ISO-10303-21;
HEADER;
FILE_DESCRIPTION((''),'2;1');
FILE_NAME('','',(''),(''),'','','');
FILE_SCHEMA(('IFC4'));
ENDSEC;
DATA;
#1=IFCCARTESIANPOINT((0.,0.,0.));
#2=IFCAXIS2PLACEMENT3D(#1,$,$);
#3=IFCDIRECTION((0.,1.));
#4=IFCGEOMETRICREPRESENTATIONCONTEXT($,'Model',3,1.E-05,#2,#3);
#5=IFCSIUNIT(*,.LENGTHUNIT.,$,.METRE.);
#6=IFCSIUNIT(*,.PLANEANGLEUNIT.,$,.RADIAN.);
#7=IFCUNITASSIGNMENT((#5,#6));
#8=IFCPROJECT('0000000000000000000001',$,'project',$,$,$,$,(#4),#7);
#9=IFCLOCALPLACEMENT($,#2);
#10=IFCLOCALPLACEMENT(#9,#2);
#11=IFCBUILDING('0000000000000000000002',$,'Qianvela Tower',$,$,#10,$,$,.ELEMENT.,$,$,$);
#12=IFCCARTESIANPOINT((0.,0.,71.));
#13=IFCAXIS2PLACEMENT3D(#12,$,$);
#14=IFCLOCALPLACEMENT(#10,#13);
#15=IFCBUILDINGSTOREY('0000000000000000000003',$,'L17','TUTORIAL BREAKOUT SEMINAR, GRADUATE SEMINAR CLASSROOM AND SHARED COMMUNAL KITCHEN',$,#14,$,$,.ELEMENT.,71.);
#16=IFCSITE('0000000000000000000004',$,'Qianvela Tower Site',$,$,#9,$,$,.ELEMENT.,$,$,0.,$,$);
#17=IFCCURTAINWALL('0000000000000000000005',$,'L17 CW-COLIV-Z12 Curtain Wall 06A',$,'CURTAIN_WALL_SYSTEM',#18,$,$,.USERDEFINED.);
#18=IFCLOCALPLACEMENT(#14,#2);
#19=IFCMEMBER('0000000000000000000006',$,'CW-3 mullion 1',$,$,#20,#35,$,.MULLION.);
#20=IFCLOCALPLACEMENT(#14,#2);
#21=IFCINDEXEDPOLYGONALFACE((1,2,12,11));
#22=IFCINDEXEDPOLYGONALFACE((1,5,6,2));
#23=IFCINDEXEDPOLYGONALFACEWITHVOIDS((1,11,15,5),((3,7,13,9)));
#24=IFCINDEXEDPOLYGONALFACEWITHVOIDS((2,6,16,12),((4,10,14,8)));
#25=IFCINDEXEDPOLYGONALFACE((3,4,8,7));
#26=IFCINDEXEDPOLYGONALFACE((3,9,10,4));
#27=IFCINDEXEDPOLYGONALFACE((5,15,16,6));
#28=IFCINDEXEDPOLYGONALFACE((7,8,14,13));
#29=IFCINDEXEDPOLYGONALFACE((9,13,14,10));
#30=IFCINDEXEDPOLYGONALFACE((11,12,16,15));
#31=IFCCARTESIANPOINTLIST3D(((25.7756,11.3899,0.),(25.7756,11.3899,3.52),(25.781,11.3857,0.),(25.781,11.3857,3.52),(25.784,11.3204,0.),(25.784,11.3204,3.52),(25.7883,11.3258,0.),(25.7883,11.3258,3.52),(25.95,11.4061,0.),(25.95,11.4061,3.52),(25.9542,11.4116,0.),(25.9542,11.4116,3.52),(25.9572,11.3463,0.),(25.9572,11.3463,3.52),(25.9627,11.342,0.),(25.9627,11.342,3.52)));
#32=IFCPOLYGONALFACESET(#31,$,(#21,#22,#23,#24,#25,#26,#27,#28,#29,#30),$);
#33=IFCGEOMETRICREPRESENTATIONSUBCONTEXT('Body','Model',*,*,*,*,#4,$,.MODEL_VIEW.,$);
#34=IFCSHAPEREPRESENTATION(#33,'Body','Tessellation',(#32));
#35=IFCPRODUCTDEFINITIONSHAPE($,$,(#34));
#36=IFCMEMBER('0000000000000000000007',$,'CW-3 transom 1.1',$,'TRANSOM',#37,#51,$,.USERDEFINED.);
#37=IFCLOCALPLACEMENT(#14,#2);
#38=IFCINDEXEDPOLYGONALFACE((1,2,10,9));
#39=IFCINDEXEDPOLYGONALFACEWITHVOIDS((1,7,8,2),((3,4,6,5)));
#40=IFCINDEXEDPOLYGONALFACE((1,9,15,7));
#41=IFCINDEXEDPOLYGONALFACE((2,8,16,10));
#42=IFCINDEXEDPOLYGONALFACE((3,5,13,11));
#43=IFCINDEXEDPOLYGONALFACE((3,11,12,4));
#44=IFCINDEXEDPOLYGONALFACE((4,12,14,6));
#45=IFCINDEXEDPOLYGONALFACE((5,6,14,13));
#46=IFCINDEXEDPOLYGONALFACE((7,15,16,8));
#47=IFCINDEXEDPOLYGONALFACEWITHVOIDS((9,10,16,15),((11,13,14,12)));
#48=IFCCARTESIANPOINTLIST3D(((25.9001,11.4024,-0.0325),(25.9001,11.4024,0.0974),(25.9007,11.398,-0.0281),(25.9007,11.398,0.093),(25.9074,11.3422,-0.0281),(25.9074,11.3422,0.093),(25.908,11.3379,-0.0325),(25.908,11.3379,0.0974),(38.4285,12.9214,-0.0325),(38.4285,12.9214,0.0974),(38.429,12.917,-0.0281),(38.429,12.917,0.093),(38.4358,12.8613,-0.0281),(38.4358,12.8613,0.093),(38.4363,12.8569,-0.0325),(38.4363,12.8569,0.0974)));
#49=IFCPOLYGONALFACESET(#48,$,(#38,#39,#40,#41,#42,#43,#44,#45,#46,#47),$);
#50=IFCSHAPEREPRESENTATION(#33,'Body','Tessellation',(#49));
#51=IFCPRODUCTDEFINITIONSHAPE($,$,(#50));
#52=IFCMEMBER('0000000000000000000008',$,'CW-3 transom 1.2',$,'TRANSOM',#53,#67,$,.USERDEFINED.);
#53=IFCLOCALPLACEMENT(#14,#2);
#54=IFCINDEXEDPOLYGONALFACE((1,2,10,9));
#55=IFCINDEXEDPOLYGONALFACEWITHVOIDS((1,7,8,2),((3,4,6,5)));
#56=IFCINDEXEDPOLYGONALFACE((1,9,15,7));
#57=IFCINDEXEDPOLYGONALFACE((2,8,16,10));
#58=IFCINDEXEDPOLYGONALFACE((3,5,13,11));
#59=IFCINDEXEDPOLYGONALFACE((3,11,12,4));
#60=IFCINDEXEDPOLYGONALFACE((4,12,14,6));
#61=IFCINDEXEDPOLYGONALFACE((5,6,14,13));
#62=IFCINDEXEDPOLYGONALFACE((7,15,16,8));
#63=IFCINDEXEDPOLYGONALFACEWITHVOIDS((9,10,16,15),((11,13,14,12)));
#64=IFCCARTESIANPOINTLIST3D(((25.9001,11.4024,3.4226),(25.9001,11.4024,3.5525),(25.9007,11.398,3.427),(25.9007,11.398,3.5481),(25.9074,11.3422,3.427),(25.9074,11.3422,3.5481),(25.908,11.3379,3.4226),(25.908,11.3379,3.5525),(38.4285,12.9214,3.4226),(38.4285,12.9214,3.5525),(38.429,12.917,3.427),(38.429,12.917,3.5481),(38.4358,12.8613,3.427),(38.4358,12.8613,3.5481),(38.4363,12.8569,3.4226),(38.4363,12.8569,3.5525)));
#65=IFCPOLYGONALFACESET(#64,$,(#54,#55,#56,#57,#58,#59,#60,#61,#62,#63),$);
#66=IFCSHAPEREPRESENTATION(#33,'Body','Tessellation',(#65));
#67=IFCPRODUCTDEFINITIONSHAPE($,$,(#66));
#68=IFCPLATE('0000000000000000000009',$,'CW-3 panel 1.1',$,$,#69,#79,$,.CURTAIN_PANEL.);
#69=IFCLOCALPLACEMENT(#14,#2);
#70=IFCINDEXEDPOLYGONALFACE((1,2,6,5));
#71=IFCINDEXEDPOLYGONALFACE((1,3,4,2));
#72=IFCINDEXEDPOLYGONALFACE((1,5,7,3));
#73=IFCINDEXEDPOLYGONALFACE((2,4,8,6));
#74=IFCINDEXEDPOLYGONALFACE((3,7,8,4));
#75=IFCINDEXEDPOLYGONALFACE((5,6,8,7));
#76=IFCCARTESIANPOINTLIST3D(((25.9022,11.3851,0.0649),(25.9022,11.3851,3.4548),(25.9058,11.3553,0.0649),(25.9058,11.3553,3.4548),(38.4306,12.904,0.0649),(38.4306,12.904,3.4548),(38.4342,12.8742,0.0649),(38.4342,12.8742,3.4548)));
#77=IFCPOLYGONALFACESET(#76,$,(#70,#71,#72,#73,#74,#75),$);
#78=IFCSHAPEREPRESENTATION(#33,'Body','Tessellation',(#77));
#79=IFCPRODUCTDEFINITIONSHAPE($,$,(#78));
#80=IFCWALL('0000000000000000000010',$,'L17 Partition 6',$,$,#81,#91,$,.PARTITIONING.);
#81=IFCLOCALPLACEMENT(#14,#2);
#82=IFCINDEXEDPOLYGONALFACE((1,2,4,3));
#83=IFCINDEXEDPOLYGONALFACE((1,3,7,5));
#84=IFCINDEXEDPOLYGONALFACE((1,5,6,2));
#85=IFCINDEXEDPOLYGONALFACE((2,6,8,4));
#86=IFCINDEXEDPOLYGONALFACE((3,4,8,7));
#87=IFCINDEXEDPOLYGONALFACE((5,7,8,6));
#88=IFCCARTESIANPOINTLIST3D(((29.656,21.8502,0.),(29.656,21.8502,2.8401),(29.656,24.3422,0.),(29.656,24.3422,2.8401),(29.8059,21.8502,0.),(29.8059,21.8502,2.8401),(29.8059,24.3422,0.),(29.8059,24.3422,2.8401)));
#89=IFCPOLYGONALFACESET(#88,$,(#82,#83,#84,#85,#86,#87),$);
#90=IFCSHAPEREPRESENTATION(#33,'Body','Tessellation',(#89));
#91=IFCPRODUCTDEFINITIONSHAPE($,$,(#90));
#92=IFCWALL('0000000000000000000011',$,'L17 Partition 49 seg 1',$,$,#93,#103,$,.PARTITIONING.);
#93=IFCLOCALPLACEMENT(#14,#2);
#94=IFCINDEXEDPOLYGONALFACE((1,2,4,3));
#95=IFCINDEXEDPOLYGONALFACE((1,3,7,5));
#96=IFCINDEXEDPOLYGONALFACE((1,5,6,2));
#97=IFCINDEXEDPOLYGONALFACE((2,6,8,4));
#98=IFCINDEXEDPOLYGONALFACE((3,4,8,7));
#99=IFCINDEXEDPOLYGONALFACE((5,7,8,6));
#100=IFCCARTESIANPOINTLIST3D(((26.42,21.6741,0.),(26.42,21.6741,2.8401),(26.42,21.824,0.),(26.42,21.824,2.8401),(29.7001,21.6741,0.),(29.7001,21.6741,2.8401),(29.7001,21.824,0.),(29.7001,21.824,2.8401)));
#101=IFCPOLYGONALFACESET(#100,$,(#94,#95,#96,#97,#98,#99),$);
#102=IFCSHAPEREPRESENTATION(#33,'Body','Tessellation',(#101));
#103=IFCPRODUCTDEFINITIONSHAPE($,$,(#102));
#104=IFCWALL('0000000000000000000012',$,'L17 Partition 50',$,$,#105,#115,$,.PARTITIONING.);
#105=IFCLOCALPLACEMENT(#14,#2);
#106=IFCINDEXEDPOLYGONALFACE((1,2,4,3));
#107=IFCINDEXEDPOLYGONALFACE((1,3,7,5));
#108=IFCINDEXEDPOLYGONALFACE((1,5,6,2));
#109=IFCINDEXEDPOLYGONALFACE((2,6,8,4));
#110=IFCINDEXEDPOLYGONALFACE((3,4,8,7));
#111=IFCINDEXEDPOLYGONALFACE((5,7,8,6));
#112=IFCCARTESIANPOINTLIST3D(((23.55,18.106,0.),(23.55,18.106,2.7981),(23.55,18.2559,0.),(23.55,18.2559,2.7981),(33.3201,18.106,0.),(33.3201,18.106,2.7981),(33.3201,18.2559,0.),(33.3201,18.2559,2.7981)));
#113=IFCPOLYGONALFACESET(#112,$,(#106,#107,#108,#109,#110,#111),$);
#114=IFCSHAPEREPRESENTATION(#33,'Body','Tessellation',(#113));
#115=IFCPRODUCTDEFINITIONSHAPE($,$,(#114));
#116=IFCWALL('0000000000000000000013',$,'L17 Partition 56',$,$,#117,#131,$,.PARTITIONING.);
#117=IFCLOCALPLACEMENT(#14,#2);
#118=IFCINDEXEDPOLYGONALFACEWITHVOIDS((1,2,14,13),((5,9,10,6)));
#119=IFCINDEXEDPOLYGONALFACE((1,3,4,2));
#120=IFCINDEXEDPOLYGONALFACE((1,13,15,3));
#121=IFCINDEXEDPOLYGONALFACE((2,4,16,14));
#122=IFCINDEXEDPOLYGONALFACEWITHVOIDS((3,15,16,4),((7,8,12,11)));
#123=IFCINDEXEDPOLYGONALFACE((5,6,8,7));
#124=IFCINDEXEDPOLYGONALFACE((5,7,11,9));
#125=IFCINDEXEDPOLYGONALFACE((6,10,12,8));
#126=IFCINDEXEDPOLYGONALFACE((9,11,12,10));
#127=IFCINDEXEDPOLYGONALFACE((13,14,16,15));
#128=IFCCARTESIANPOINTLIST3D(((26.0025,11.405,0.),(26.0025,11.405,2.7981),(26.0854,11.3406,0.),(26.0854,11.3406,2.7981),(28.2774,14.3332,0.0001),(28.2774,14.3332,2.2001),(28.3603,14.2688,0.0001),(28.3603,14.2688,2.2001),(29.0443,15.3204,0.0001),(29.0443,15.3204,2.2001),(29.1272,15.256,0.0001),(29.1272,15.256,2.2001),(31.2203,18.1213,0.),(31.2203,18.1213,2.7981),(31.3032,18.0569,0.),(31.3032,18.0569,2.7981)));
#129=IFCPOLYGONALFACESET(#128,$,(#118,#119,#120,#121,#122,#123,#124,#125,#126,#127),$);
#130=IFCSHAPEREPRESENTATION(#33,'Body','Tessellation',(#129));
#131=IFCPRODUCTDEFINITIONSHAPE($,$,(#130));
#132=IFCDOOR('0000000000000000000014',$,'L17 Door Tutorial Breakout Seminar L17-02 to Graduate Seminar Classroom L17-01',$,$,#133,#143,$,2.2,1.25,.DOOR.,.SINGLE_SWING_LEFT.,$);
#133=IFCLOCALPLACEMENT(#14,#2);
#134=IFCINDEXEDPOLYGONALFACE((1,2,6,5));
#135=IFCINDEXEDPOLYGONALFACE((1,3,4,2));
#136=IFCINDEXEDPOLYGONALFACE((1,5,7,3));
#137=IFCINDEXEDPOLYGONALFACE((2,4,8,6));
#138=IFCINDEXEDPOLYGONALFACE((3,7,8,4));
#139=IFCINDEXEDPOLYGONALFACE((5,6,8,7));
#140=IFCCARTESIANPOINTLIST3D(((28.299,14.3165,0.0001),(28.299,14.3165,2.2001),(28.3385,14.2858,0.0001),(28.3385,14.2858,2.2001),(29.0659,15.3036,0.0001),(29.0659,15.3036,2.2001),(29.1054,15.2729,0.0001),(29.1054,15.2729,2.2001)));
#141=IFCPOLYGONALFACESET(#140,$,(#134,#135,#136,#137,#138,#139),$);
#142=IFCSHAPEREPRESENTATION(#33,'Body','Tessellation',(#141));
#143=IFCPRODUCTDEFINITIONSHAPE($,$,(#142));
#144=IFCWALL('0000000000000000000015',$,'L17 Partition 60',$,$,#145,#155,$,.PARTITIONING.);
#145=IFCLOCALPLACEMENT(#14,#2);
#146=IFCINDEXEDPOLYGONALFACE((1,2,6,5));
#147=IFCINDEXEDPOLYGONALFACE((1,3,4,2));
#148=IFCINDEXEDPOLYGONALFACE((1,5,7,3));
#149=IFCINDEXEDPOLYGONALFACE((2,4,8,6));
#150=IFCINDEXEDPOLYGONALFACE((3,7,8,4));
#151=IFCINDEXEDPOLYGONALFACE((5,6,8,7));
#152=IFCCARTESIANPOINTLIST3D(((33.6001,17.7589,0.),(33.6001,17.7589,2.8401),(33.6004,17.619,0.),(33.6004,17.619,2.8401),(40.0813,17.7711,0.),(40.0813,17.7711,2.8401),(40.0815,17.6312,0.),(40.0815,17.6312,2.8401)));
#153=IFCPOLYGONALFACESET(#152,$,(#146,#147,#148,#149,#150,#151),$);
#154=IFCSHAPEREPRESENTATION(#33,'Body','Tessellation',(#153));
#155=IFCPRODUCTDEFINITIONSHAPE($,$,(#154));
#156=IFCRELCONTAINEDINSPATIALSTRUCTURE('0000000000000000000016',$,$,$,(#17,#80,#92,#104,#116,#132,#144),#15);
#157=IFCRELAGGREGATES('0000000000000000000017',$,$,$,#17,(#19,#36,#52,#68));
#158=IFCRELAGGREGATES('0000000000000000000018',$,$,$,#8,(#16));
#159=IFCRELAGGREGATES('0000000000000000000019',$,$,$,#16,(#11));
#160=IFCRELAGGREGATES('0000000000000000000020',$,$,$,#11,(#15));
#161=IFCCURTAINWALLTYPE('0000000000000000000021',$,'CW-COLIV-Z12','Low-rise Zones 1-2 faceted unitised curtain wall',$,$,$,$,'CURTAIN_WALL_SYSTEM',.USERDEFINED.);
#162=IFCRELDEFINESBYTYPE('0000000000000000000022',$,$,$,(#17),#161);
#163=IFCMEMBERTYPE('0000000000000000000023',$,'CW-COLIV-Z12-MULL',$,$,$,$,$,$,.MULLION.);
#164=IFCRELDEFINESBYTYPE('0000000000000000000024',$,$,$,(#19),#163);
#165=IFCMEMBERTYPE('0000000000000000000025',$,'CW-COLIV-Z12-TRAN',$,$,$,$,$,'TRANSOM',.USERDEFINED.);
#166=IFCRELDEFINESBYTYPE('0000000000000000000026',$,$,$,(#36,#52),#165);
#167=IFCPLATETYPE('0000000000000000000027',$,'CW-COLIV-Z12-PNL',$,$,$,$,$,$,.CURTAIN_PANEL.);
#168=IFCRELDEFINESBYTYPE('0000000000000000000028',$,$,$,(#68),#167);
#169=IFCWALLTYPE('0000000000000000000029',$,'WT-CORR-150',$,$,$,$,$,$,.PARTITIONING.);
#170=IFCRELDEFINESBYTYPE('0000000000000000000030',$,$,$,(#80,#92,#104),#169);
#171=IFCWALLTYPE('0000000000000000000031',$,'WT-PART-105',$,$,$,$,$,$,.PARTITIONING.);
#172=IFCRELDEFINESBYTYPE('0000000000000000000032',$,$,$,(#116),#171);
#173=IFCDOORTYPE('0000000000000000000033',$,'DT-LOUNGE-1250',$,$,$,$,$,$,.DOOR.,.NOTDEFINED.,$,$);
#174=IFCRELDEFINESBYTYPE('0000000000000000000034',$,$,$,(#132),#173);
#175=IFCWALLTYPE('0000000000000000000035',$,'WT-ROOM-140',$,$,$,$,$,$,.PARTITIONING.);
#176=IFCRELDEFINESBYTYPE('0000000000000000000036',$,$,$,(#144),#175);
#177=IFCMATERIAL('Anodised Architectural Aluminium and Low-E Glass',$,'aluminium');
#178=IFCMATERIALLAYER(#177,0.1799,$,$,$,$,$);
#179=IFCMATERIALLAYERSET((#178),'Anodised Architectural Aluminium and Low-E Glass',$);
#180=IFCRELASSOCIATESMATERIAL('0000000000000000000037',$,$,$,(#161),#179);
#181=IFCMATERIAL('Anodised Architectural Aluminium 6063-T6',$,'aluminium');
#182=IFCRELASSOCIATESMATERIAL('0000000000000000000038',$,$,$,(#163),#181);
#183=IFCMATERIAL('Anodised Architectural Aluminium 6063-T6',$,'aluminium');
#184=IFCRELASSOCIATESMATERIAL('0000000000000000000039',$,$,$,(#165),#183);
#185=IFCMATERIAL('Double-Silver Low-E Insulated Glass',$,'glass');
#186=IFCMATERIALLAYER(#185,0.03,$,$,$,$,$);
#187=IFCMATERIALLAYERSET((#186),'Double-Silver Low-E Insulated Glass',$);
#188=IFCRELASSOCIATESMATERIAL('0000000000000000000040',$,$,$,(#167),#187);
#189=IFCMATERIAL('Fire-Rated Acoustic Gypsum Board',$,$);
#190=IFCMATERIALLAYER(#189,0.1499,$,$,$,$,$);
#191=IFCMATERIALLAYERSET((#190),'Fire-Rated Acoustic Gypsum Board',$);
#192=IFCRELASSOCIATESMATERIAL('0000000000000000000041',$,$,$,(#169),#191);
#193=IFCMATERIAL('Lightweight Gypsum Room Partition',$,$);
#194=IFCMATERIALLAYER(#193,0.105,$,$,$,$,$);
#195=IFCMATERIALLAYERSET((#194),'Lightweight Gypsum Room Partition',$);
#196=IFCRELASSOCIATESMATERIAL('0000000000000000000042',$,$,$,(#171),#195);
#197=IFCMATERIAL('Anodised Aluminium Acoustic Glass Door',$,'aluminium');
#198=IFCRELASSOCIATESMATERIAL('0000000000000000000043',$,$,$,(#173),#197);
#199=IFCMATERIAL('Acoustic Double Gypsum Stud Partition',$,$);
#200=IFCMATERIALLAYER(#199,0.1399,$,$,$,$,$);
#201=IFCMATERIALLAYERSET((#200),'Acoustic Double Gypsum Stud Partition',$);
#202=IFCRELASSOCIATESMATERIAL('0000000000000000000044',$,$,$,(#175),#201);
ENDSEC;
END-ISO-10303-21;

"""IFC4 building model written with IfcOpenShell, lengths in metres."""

from ifc_helpers import new_model, si_unit, direction, frame, frame_2d, origin, origin_2d, place, context, subcontext, project, spatial, rectangle, hollow_rectangle, extrude, material, layer, layer_set, material_profile, profile_set, type_object, element, fill, aggregate, save


model = new_model("IFC4")

# Units and contexts
model_context = context("Model", 3, precision=1e-05, world=origin(), true_north=direction((0.0, 1.0)))
body_context = subcontext(model_context, "Body", "Model", "MODEL_VIEW")
ifc_project = project(units=[si_unit("LENGTHUNIT", "METRE"), si_unit("PLANEANGLEUNIT", "RADIAN")], contexts=[model_context])

# Site, building, storey
site_placement = place(None, origin())
site = spatial("IfcSite", under=ifc_project, at=site_placement, Name="Qianvela Tower Site", CompositionType="ELEMENT", RefElevation=0.0)
building_placement = place(site_placement, origin())
building = spatial("IfcBuilding", under=site, at=building_placement, Name="Qianvela Tower", CompositionType="ELEMENT")
storey_placement = place(building_placement, frame((0.0, 0.0, 71.0)))
storey = spatial("IfcBuildingStorey", under=building, at=storey_placement, Name="L17", Description="TUTORIAL BREAKOUT SEMINAR, GRADUATE SEMINAR CLASSROOM AND SHARED COMMUNAL KITCHEN", CompositionType="ELEMENT", Elevation=71.0)

# Curtain wall, members, plate
ifc_material_1 = material(Name="Anodised Architectural Aluminium and Low-E Glass", Category="aluminium")
ifc_layer_1 = layer(ifc_material_1, 0.1799)
ifc_layer_set_1 = layer_set([ifc_layer_1], Name="Anodised Architectural Aluminium and Low-E Glass")
curtain_wall_type = type_object("IfcCurtainWallType", Name="CW-COLIV-Z12", Description="Low-rise Zones 1-2 faceted unitised curtain wall", ElementType="CURTAIN_WALL_SYSTEM", PredefinedType="USERDEFINED", material=ifc_layer_set_1)
curtain_wall_placement = place(storey_placement, origin())
curtain_wall = element("IfcCurtainWall", 1, at=curtain_wall_placement, inside=storey, type_object=curtain_wall_type, Name="L17 CW-COLIV-Z12 Curtain Wall 06A", ObjectType="CURTAIN_WALL_SYSTEM", PredefinedType="USERDEFINED")
ifc_material_2 = material(Name="Anodised Architectural Aluminium 6063-T6", Category="aluminium")
ifc_material_profile_1 = material_profile(ifc_material_2, hollow_rectangle(XDim=0.0701, YDim=0.1799, WallThickness=0.0049, at=origin_2d()), Name="ALU-MULL-70x180")
ifc_profile_set_1 = profile_set([ifc_material_profile_1], Name="Anodised Architectural Aluminium 6063-T6")
member_type_1 = type_object("IfcMemberType", Name="CW-COLIV-Z12-MULL", PredefinedType="MULLION", material=ifc_profile_set_1)
member_1_placement = place(storey_placement, frame((25.8691, 11.366, 0.0), z_axis=(0.0, 0.0, 1.0), x_axis=(-0.12036, 0.99273, 0.0)))
member_1 = element("IfcMember", 2, at=member_1_placement, type_object=member_type_1, Name="CW-3 mullion 1", PredefinedType="MULLION", context=body_context, shape_type="SweptSolid", body=[
    extrude(hollow_rectangle(XDim=0.0701, YDim=0.1799, WallThickness=0.0049, at=origin_2d()), origin(), (0.0, 0.0, 1.0), 3.52),
])
ifc_material_3 = material(Name="Anodised Architectural Aluminium 6063-T6", Category="aluminium")
ifc_material_profile_2 = material_profile(ifc_material_3, hollow_rectangle(XDim=0.0649, YDim=0.1299, WallThickness=0.0044, at=origin_2d()), Name="ALU-TRAN-65x130")
ifc_profile_set_2 = profile_set([ifc_material_profile_2], Name="Anodised Architectural Aluminium 6063-T6")
member_type_2 = type_object("IfcMemberType", Name="CW-COLIV-Z12-TRAN", ElementType="TRANSOM", PredefinedType="USERDEFINED", material=ifc_profile_set_2)
member_2_placement = place(storey_placement, frame((25.9041, 11.3701, 0.0325), z_axis=(0.992729, 0.120367, 0.0), x_axis=(-0.120367, 0.992729, 0.0)))
member_2 = element("IfcMember", 3, at=member_2_placement, type_object=member_type_2, Name="CW-3 transom 1.1", ObjectType="TRANSOM", PredefinedType="USERDEFINED", context=body_context, shape_type="SweptSolid", body=[
    extrude(hollow_rectangle(XDim=0.0649, YDim=0.1299, WallThickness=0.0044, at=origin_2d()), origin(), (0.0, 0.0, 1.0), 12.6201),
])
member_3_placement = place(storey_placement, frame((25.9041, 11.3701, 3.4875), z_axis=(0.992729, 0.120367, 0.0), x_axis=(-0.120367, 0.992729, 0.0)))
member_3 = element("IfcMember", 4, at=member_3_placement, type_object=member_type_2, Name="CW-3 transom 1.2", ObjectType="TRANSOM", PredefinedType="USERDEFINED", context=body_context, shape_type="SweptSolid", body=[
    extrude(hollow_rectangle(XDim=0.0649, YDim=0.1299, WallThickness=0.0044, at=origin_2d()), origin(), (0.0, 0.0, 1.0), 12.6201),
])
ifc_material_4 = material(Name="Double-Silver Low-E Insulated Glass", Category="glass")
ifc_layer_2 = layer(ifc_material_4, 0.03)
ifc_layer_set_2 = layer_set([ifc_layer_2], Name="Double-Silver Low-E Insulated Glass")
plate_type = type_object("IfcPlateType", Name="CW-COLIV-Z12-PNL", PredefinedType="CURTAIN_PANEL", material=ifc_layer_set_2)
plate_placement = place(storey_placement, frame((32.1682, 12.1296, 0.0649), z_axis=(0.0, 0.0, 1.0), x_axis=(0.99273, 0.12036, 0.0)))
plate = element("IfcPlate", 5, at=plate_placement, type_object=plate_type, Name="CW-3 panel 1.1", PredefinedType="CURTAIN_PANEL", context=body_context, shape_type="SweptSolid", body=[
    extrude(rectangle(XDim=12.6201, YDim=0.03, at=origin_2d()), origin(), (0.0, 0.0, 1.0), 3.3899),
])
aggregate(curtain_wall, [member_1, member_2, member_3, plate])

# Shared definitions
ifc_material_5 = material(Name="Fire-Rated Acoustic Gypsum Board")
ifc_layer_3 = layer(ifc_material_5, 0.1499)
ifc_layer_set_3 = layer_set([ifc_layer_3], Name="Fire-Rated Acoustic Gypsum Board")
wall_type_1 = type_object("IfcWallType", Name="WT-CORR-150", PredefinedType="PARTITIONING", material=ifc_layer_set_3)

# Walls
wall_1_placement = place(storey_placement, frame((29.731, 21.8501, 0.0), z_axis=(0.0, 0.0, 1.0), x_axis=(0.0, 1.0, 0.0)))
element("IfcWall", 6, at=wall_1_placement, inside=storey, type_object=wall_type_1, Name="L17 Partition 6", PredefinedType="PARTITIONING", context=body_context, shape_type="SweptSolid", body=[
    extrude(rectangle(XDim=2.4919, YDim=0.1499, at=frame_2d((1.2461, 0.0))), origin(), (0.0, 0.0, 1.0), 2.8401),
])
wall_2_placement = place(storey_placement, frame((26.4199, 21.749, 0.0), z_axis=(0.0, 0.0, 1.0), x_axis=(1.0, 0.0, 0.0)))
element("IfcWall", 7, at=wall_2_placement, inside=storey, type_object=wall_type_1, Name="L17 Partition 49 seg 1", PredefinedType="PARTITIONING", context=body_context, shape_type="SweptSolid", body=[
    extrude(rectangle(XDim=3.28, YDim=0.1499, at=frame_2d((1.6401, 0.0))), origin(), (0.0, 0.0, 1.0), 2.8401),
])
wall_3_placement = place(storey_placement, frame((33.3201, 18.1809, 0.0), z_axis=(0.0, 0.0, 1.0), x_axis=(-1.0, 0.0, 0.0)))
element("IfcWall", 8, at=wall_3_placement, inside=storey, type_object=wall_type_1, Name="L17 Partition 50", PredefinedType="PARTITIONING", context=body_context, shape_type="SweptSolid", body=[
    extrude(rectangle(XDim=9.77, YDim=0.1499, at=frame_2d((4.885, 0.0))), origin(), (0.0, 0.0, 1.0), 2.7981),
])

# Wall, opening, door
ifc_material_6 = material(Name="Lightweight Gypsum Room Partition")
ifc_layer_4 = layer(ifc_material_6, 0.105)
ifc_layer_set_4 = layer_set([ifc_layer_4], Name="Lightweight Gypsum Room Partition")
wall_type_2 = type_object("IfcWallType", Name="WT-PART-105", PredefinedType="PARTITIONING", material=ifc_layer_set_4)
wall_4_placement = place(storey_placement, frame((31.2617, 18.0891, 0.0), z_axis=(0.0, 0.0, 1.0), x_axis=(-0.613499, -0.789695, 0.0)))
wall_4 = element("IfcWall", 9, at=wall_4_placement, inside=storey, type_object=wall_type_2, Name="L17 Partition 56", PredefinedType="PARTITIONING", context=body_context, shape_type="SweptSolid", body=[
    extrude(rectangle(XDim=8.5049, YDim=0.105, at=frame_2d((4.2524, 0.0))), origin(), (0.0, 0.0, 1.0), 2.7981),
])
opening_1_placement = place(wall_4_placement, frame((3.5469, 0.0, 0.0)))
opening_1 = element("IfcOpeningElement", 10, at=opening_1_placement, cuts=wall_4, PredefinedType="OPENING", context=body_context, shape_type="SweptSolid", body=[
    extrude(rectangle(XDim=1.25, YDim=2.2, at=frame_2d((0.625, 1.1001))), frame((0.0, 0.0625, 0.0), z_axis=(0.0, -1.0, 0.0), x_axis=(1.0, 0.0, 0.0)), (0.0, 0.0, 1.0), 0.125),
])
ifc_material_7 = material(Name="Anodised Aluminium Acoustic Glass Door", Category="aluminium")
door_type_1 = type_object("IfcDoorType", Name="DT-LOUNGE-1250", OperationType="NOTDEFINED", PredefinedType="DOOR", material=ifc_material_7)
door_1_placement = place(opening_1_placement, origin())
door_1 = element("IfcDoor", 11, at=door_1_placement, inside=storey, type_object=door_type_1, Name="L17 Door Tutorial Breakout Seminar L17-02 to Graduate Seminar Classroom L17-01", OperationType="SINGLE_SWING_LEFT", OverallHeight=2.2, OverallWidth=1.25, PredefinedType="DOOR", context=body_context, shape_type="SweptSolid", body=[
    extrude(rectangle(XDim=1.25, YDim=2.2, at=frame_2d((0.625, 1.1001))), frame((0.0, 0.0249, 0.0), z_axis=(0.0, -1.0, 0.0), x_axis=(1.0, 0.0, 0.0)), (0.0, 0.0, 1.0), 0.05),
])
fill(opening_1, door_1)

# Wall
ifc_material_8 = material(Name="Acoustic Double Gypsum Stud Partition")
ifc_layer_5 = layer(ifc_material_8, 0.1399)
ifc_layer_set_5 = layer_set([ifc_layer_5], Name="Acoustic Double Gypsum Stud Partition")
wall_type_3 = type_object("IfcWallType", Name="WT-ROOM-140", PredefinedType="PARTITIONING", material=ifc_layer_set_5)
wall_5_placement = place(storey_placement, frame((33.6001, 17.689, 0.0), z_axis=(0.0, 0.0, 1.0), x_axis=(0.999998, 0.001883, 0.0)))
element("IfcWall", 12, at=wall_5_placement, inside=storey, type_object=wall_type_3, Name="L17 Partition 60", PredefinedType="PARTITIONING", context=body_context, shape_type="SweptSolid", body=[
    extrude(rectangle(XDim=6.4812, YDim=0.1399, at=frame_2d((3.2407, 0.0))), origin(), (0.0, 0.0, 1.0), 2.8401),
])

save(model, "model.ifc")
